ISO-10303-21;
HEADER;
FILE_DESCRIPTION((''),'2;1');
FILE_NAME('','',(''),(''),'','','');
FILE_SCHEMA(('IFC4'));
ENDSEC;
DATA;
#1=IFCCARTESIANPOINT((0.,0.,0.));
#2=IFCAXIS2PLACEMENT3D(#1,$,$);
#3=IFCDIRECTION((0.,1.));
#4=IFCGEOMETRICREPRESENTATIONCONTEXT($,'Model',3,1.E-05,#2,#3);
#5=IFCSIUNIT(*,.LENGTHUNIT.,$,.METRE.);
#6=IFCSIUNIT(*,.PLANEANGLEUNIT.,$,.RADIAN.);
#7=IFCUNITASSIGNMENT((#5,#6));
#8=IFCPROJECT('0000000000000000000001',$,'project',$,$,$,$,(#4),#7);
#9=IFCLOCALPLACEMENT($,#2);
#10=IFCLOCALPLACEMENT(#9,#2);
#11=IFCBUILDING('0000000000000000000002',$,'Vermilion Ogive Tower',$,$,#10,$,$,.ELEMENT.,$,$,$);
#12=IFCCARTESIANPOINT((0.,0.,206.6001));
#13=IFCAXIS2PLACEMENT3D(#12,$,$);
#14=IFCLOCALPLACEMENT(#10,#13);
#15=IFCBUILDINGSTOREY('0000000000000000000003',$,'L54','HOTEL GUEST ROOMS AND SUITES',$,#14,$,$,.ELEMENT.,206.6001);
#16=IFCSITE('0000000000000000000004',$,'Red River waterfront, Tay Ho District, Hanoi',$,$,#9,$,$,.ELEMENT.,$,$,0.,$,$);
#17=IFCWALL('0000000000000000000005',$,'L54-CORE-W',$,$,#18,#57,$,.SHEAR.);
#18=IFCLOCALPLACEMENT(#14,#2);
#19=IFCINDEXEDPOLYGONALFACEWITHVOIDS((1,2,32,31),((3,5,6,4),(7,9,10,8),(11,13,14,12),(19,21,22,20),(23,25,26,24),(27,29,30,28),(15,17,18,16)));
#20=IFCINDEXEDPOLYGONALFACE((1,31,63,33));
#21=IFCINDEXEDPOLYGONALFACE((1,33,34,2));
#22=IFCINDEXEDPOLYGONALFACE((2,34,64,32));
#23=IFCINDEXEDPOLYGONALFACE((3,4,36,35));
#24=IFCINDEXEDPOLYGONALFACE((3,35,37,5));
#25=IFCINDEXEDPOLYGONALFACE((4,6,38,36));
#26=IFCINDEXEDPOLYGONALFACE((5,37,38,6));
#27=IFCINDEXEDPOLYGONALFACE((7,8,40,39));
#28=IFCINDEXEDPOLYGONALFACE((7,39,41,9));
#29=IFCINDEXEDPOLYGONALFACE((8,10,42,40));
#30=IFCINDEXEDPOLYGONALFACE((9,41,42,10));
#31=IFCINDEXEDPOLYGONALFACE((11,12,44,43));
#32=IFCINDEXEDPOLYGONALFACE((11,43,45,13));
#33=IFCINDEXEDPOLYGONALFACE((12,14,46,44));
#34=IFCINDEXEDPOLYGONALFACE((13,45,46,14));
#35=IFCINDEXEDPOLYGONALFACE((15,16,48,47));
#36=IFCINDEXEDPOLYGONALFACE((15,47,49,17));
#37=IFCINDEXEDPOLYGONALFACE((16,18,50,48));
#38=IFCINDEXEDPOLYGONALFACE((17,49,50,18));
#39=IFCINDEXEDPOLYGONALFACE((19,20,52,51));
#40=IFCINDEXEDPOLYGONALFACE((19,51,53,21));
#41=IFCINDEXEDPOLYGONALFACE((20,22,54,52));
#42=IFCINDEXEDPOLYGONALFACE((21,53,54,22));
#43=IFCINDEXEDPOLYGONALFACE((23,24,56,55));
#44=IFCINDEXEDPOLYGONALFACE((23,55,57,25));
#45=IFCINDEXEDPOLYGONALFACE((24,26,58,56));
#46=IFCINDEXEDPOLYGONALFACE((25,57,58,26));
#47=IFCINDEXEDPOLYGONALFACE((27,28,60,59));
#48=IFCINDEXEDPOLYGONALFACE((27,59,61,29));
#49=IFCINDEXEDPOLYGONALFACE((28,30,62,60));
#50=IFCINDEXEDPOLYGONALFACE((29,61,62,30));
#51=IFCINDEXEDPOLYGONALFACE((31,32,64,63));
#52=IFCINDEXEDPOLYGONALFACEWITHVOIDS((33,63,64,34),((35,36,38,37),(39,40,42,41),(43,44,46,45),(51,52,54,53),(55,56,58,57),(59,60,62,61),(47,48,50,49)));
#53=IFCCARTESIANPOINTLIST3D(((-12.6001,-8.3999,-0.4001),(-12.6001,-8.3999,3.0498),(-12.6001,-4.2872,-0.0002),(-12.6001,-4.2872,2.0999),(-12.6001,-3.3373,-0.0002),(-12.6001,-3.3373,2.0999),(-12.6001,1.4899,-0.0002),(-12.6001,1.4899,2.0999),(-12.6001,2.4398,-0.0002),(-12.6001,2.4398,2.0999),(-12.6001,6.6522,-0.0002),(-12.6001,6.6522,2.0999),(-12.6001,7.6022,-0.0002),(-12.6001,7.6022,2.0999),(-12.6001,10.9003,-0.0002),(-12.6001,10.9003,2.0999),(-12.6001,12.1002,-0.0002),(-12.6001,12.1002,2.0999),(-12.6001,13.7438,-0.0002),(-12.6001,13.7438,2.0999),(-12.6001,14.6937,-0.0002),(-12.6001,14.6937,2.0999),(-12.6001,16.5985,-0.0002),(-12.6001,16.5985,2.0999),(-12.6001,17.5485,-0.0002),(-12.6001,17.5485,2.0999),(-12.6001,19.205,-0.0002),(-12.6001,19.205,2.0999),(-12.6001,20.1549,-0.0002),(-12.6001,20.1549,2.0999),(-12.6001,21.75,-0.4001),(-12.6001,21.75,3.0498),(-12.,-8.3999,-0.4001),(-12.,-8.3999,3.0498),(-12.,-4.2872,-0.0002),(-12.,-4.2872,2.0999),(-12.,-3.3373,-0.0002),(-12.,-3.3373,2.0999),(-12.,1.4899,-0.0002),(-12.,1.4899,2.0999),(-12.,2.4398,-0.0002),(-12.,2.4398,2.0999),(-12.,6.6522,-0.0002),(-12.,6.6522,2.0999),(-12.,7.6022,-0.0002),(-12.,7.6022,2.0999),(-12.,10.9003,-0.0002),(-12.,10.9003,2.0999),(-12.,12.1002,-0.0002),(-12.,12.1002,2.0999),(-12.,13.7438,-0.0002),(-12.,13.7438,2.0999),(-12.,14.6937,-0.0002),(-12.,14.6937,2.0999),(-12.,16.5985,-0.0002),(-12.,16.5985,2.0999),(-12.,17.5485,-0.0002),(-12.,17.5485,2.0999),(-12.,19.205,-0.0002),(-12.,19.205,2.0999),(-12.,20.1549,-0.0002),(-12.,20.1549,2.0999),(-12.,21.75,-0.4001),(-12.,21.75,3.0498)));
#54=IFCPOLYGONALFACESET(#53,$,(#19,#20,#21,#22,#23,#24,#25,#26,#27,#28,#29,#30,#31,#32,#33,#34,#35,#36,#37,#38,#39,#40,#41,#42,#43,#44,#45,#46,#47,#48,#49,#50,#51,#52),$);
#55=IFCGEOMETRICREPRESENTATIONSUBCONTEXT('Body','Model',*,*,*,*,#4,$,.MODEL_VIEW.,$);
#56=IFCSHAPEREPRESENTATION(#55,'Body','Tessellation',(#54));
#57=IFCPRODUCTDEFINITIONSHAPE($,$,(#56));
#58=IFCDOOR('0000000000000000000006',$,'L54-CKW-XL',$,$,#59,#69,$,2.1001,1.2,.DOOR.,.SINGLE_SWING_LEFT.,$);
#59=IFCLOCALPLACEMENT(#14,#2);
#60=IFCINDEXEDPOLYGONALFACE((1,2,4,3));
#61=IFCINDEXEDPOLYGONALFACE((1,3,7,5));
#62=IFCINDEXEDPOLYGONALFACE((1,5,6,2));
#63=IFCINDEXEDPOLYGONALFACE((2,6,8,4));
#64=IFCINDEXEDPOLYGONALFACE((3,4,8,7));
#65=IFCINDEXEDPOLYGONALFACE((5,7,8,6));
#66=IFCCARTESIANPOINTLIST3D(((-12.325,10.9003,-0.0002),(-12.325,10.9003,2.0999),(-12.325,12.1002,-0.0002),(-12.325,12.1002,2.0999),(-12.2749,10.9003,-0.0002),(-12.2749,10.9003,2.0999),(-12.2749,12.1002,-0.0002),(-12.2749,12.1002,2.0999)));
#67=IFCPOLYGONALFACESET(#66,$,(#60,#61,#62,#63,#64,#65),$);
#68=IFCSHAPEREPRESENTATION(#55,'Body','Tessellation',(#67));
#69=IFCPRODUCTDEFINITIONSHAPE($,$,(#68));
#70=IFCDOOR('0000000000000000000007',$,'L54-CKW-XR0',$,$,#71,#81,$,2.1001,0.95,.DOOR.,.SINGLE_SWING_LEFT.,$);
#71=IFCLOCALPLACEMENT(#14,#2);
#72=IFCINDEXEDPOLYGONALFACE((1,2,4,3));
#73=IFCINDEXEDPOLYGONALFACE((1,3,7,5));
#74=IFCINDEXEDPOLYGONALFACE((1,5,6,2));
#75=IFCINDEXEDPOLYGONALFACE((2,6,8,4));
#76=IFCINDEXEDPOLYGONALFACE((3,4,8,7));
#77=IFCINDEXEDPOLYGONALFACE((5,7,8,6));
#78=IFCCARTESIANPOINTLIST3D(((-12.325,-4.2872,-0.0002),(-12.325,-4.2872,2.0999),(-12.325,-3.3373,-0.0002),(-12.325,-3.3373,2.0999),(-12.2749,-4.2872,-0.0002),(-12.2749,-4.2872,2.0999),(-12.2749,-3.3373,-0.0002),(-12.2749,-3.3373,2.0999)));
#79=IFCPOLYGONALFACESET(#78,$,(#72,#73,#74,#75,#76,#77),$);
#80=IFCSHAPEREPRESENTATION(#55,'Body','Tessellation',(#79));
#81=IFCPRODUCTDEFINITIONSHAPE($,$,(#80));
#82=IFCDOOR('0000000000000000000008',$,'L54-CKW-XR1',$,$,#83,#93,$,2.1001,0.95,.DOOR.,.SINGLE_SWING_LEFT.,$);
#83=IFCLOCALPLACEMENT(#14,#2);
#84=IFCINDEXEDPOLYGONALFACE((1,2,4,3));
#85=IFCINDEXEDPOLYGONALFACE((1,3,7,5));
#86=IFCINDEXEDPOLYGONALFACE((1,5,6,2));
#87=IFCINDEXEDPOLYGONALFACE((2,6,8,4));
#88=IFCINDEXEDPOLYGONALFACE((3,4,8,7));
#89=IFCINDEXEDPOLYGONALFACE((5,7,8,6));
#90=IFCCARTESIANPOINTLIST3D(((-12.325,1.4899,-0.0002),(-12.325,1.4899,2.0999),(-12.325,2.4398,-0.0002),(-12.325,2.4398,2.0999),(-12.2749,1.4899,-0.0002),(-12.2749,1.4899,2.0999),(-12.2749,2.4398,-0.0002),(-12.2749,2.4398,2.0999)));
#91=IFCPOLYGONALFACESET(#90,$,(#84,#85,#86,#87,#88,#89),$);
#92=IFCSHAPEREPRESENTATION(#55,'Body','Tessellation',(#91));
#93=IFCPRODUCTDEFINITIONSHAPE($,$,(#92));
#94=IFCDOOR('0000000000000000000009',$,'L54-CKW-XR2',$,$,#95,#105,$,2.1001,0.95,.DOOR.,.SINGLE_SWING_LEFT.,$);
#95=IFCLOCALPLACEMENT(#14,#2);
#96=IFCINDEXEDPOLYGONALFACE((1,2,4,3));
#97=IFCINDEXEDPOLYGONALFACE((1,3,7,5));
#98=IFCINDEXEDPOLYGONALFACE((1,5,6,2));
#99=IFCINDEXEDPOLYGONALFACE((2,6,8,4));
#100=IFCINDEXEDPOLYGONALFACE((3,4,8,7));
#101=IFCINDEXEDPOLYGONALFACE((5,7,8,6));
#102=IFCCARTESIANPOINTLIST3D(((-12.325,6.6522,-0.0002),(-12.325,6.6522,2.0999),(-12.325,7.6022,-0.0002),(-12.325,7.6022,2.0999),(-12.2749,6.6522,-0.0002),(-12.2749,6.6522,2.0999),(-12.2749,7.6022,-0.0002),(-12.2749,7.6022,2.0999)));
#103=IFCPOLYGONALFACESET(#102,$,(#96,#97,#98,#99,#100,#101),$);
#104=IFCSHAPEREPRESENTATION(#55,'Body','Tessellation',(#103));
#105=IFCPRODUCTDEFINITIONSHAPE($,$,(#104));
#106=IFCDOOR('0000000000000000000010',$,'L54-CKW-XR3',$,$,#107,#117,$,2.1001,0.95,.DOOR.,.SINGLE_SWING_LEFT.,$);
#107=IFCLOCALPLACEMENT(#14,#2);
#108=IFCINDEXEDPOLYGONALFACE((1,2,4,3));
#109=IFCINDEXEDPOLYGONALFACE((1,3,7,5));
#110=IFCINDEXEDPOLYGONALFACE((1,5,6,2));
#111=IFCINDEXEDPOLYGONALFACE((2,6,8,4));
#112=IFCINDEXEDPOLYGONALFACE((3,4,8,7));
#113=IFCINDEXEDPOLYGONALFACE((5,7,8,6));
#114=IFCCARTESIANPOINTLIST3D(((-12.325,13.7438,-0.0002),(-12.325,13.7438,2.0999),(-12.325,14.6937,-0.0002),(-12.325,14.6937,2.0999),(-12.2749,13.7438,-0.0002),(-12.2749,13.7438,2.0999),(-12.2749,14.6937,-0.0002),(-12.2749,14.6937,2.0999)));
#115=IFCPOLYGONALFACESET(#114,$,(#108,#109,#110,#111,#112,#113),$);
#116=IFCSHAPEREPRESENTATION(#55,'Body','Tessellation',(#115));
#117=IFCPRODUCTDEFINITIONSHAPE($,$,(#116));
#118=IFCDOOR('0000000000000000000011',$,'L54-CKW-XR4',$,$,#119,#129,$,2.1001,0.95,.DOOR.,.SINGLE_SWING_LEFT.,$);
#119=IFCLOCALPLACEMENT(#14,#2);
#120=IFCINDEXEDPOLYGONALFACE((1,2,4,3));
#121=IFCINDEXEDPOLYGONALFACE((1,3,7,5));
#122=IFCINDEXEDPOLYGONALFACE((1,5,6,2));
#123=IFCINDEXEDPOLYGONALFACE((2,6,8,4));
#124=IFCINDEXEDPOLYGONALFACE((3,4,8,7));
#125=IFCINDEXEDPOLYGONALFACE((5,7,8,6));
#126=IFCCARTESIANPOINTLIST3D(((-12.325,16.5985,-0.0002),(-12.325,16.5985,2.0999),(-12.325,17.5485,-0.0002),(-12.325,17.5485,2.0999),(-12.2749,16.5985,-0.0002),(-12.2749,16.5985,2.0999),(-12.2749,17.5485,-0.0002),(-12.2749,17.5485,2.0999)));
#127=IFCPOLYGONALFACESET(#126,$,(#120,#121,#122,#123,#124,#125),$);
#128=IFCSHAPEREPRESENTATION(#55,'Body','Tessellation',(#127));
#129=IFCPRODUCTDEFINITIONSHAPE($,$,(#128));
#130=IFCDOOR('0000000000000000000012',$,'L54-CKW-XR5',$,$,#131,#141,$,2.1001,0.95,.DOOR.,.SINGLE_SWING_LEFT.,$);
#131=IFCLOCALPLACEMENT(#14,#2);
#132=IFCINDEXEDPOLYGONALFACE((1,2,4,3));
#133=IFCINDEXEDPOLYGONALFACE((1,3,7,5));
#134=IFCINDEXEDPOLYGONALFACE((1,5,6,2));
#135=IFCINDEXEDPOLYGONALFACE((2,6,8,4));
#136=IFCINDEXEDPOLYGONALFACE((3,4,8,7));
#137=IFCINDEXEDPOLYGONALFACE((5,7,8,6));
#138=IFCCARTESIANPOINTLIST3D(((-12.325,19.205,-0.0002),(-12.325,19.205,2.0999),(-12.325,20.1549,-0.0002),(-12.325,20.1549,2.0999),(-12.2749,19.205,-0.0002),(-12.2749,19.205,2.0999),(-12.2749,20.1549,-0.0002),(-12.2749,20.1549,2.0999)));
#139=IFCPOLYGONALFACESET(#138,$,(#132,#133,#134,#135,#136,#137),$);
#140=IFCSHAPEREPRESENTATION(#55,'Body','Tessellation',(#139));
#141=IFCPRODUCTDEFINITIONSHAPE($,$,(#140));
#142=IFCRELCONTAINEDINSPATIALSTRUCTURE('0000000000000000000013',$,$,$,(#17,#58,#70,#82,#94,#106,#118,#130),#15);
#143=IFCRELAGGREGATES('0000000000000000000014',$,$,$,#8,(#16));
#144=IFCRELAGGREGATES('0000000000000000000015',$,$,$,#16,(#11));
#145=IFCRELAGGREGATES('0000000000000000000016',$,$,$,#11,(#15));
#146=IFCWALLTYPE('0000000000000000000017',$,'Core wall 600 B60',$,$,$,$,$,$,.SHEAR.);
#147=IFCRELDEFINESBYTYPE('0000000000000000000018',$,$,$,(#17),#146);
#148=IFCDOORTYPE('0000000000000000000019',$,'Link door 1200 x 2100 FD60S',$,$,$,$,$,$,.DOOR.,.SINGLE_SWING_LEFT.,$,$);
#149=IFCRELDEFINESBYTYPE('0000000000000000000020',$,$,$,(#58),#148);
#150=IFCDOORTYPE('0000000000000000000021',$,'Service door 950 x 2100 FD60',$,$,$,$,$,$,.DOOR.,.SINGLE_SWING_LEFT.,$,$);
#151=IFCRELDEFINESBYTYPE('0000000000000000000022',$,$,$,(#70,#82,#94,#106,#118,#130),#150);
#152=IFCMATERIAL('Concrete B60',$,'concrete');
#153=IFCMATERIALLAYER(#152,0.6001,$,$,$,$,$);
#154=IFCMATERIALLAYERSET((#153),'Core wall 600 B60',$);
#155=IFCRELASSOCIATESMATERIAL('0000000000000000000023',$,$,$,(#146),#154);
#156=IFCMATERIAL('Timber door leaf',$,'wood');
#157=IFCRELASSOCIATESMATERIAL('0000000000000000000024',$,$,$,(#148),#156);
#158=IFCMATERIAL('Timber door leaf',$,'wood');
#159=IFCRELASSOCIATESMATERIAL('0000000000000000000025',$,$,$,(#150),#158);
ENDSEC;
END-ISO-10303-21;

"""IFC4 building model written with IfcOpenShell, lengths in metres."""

from ifc_helpers import new_model, si_unit, direction, frame, frame_2d, origin, place, context, subcontext, project, spatial, rectangle, extrude, material, layer, layer_set, type_object, element, fill, save


model = new_model("IFC4")

# Units and contexts
model_context = context("Model", 3, precision=1e-05, world=origin(), true_north=direction((0.0, 1.0)))
body_context = subcontext(model_context, "Body", "Model", "MODEL_VIEW")
ifc_project = project(units=[si_unit("LENGTHUNIT", "METRE"), si_unit("PLANEANGLEUNIT", "RADIAN")], contexts=[model_context])

# Site, building, storey
site_placement = place(None, origin())
site = spatial("IfcSite", under=ifc_project, at=site_placement, Name="Red River waterfront, Tay Ho District, Hanoi", CompositionType="ELEMENT", RefElevation=0.0)
building_placement = place(site_placement, origin())
building = spatial("IfcBuilding", under=site, at=building_placement, Name="Vermilion Ogive Tower", CompositionType="ELEMENT")
storey_placement = place(building_placement, frame((0.0, 0.0, 206.6001)))
storey = spatial("IfcBuildingStorey", under=building, at=storey_placement, Name="L54", Description="HOTEL GUEST ROOMS AND SUITES", CompositionType="ELEMENT", Elevation=206.6001)

# Wall, openings, doors
ifc_material_1 = material(Name="Concrete B60", Category="concrete")
ifc_layer_1 = layer(ifc_material_1, 0.6001)
ifc_layer_set_1 = layer_set([ifc_layer_1], Name="Core wall 600 B60")
wall_type_1 = type_object("IfcWallType", Name="Core wall 600 B60", PredefinedType="SHEAR", material=ifc_layer_set_1)
wall_1_placement = place(storey_placement, frame((-12.3, -8.3999, -0.4001), z_axis=(0.0, 0.0, 1.0), x_axis=(0.0, 1.0, 0.0)))
wall_1 = element("IfcWall", 1, at=wall_1_placement, inside=storey, type_object=wall_type_1, Name="L54-CORE-W", PredefinedType="SHEAR", context=body_context, shape_type="SweptSolid", body=[
    extrude(rectangle(XDim=30.1499, YDim=0.6001, at=frame_2d((15.075, 0.0))), origin(), (0.0, 0.0, 1.0), 3.45),
])
opening_1_placement = place(wall_1_placement, frame((4.1125, 0.0, 0.3999)))
opening_1 = element("IfcOpeningElement", 2, at=opening_1_placement, cuts=wall_1, PredefinedType="OPENING", context=body_context, shape_type="SweptSolid", body=[
    extrude(rectangle(XDim=0.95, YDim=2.1001, at=frame_2d((0.4751, 1.05))), frame((0.0, 0.3101, 0.0), z_axis=(0.0, -1.0, 0.0), x_axis=(1.0, 0.0, 0.0)), (0.0, 0.0, 1.0), 0.6201),
])
opening_2_placement = place(wall_1_placement, frame((9.8896, 0.0, 0.3999)))
opening_2 = element("IfcOpeningElement", 3, at=opening_2_placement, cuts=wall_1, PredefinedType="OPENING", context=body_context, shape_type="SweptSolid", body=[
    extrude(rectangle(XDim=0.95, YDim=2.1001, at=frame_2d((0.4751, 1.05))), frame((0.0, 0.3101, 0.0), z_axis=(0.0, -1.0, 0.0), x_axis=(1.0, 0.0, 0.0)), (0.0, 0.0, 1.0), 0.6201),
])
opening_3_placement = place(wall_1_placement, frame((15.052, 0.0, 0.3999)))
opening_3 = element("IfcOpeningElement", 4, at=opening_3_placement, cuts=wall_1, PredefinedType="OPENING", context=body_context, shape_type="SweptSolid", body=[
    extrude(rectangle(XDim=0.95, YDim=2.1001, at=frame_2d((0.4751, 1.05))), frame((0.0, 0.3101, 0.0), z_axis=(0.0, -1.0, 0.0), x_axis=(1.0, 0.0, 0.0)), (0.0, 0.0, 1.0), 0.6201),
])
opening_4_placement = place(wall_1_placement, frame((22.1436, 0.0, 0.3999)))
opening_4 = element("IfcOpeningElement", 5, at=opening_4_placement, cuts=wall_1, PredefinedType="OPENING", context=body_context, shape_type="SweptSolid", body=[
    extrude(rectangle(XDim=0.95, YDim=2.1001, at=frame_2d((0.4751, 1.05))), frame((0.0, 0.3101, 0.0), z_axis=(0.0, -1.0, 0.0), x_axis=(1.0, 0.0, 0.0)), (0.0, 0.0, 1.0), 0.6201),
])
opening_5_placement = place(wall_1_placement, frame((24.9983, 0.0, 0.3999)))
opening_5 = element("IfcOpeningElement", 6, at=opening_5_placement, cuts=wall_1, PredefinedType="OPENING", context=body_context, shape_type="SweptSolid", body=[
    extrude(rectangle(XDim=0.95, YDim=2.1001, at=frame_2d((0.4751, 1.05))), frame((0.0, 0.3101, 0.0), z_axis=(0.0, -1.0, 0.0), x_axis=(1.0, 0.0, 0.0)), (0.0, 0.0, 1.0), 0.6201),
])
opening_6_placement = place(wall_1_placement, frame((27.6047, 0.0, 0.3999)))
opening_6 = element("IfcOpeningElement", 7, at=opening_6_placement, cuts=wall_1, PredefinedType="OPENING", context=body_context, shape_type="SweptSolid", body=[
    extrude(rectangle(XDim=0.95, YDim=2.1001, at=frame_2d((0.4751, 1.05))), frame((0.0, 0.3101, 0.0), z_axis=(0.0, -1.0, 0.0), x_axis=(1.0, 0.0, 0.0)), (0.0, 0.0, 1.0), 0.6201),
])
opening_7_placement = place(wall_1_placement, frame((19.3, 0.0, 0.3999)))
opening_7 = element("IfcOpeningElement", 8, at=opening_7_placement, cuts=wall_1, PredefinedType="OPENING", context=body_context, shape_type="SweptSolid", body=[
    extrude(rectangle(XDim=1.2, YDim=2.1001, at=frame_2d((0.6001, 1.05))), frame((0.0, 0.3101, 0.0), z_axis=(0.0, -1.0, 0.0), x_axis=(1.0, 0.0, 0.0)), (0.0, 0.0, 1.0), 0.6201),
])
ifc_material_2 = material(Name="Timber door leaf", Category="wood")
door_type_1 = type_object("IfcDoorType", Name="Link door 1200 x 2100 FD60S", OperationType="SINGLE_SWING_LEFT", PredefinedType="DOOR", material=ifc_material_2)
door_1_placement = place(opening_7_placement, origin())
door_1 = element("IfcDoor", 9, at=door_1_placement, inside=storey, type_object=door_type_1, Name="L54-CKW-XL", OperationType="SINGLE_SWING_LEFT", OverallHeight=2.1001, OverallWidth=1.2, PredefinedType="DOOR", context=body_context, shape_type="SweptSolid", body=[
    extrude(rectangle(XDim=1.2, YDim=2.1001, at=frame_2d((0.6001, 1.05))), frame((0.0, 0.0249, 0.0), z_axis=(0.0, -1.0, 0.0), x_axis=(1.0, 0.0, 0.0)), (0.0, 0.0, 1.0), 0.05),
])
fill(opening_7, door_1)
ifc_material_3 = material(Name="Timber door leaf", Category="wood")
door_type_2 = type_object("IfcDoorType", Name="Service door 950 x 2100 FD60", OperationType="SINGLE_SWING_LEFT", PredefinedType="DOOR", material=ifc_material_3)
door_2_placement = place(opening_1_placement, origin())
door_2 = element("IfcDoor", 10, at=door_2_placement, inside=storey, type_object=door_type_2, Name="L54-CKW-XR0", OperationType="SINGLE_SWING_LEFT", OverallHeight=2.1001, OverallWidth=0.95, PredefinedType="DOOR", context=body_context, shape_type="SweptSolid", body=[
    extrude(rectangle(XDim=0.95, YDim=2.1001, at=frame_2d((0.4751, 1.05))), frame((0.0, 0.0249, 0.0), z_axis=(0.0, -1.0, 0.0), x_axis=(1.0, 0.0, 0.0)), (0.0, 0.0, 1.0), 0.05),
])
fill(opening_1, door_2)
door_3_placement = place(opening_2_placement, origin())
door_3 = element("IfcDoor", 11, at=door_3_placement, inside=storey, type_object=door_type_2, Name="L54-CKW-XR1", OperationType="SINGLE_SWING_LEFT", OverallHeight=2.1001, OverallWidth=0.95, PredefinedType="DOOR", context=body_context, shape_type="SweptSolid", body=[
    extrude(rectangle(XDim=0.95, YDim=2.1001, at=frame_2d((0.4751, 1.05))), frame((0.0, 0.0249, 0.0), z_axis=(0.0, -1.0, 0.0), x_axis=(1.0, 0.0, 0.0)), (0.0, 0.0, 1.0), 0.05),
])
fill(opening_2, door_3)
door_4_placement = place(opening_3_placement, origin())
door_4 = element("IfcDoor", 12, at=door_4_placement, inside=storey, type_object=door_type_2, Name="L54-CKW-XR2", OperationType="SINGLE_SWING_LEFT", OverallHeight=2.1001, OverallWidth=0.95, PredefinedType="DOOR", context=body_context, shape_type="SweptSolid", body=[
    extrude(rectangle(XDim=0.95, YDim=2.1001, at=frame_2d((0.4751, 1.05))), frame((0.0, 0.0249, 0.0), z_axis=(0.0, -1.0, 0.0), x_axis=(1.0, 0.0, 0.0)), (0.0, 0.0, 1.0), 0.05),
])
fill(opening_3, door_4)
door_5_placement = place(opening_4_placement, origin())
door_5 = element("IfcDoor", 13, at=door_5_placement, inside=storey, type_object=door_type_2, Name="L54-CKW-XR3", OperationType="SINGLE_SWING_LEFT", OverallHeight=2.1001, OverallWidth=0.95, PredefinedType="DOOR", context=body_context, shape_type="SweptSolid", body=[
    extrude(rectangle(XDim=0.95, YDim=2.1001, at=frame_2d((0.4751, 1.05))), frame((0.0, 0.0249, 0.0), z_axis=(0.0, -1.0, 0.0), x_axis=(1.0, 0.0, 0.0)), (0.0, 0.0, 1.0), 0.05),
])
fill(opening_4, door_5)
door_6_placement = place(opening_5_placement, origin())
door_6 = element("IfcDoor", 14, at=door_6_placement, inside=storey, type_object=door_type_2, Name="L54-CKW-XR4", OperationType="SINGLE_SWING_LEFT", OverallHeight=2.1001, OverallWidth=0.95, PredefinedType="DOOR", context=body_context, shape_type="SweptSolid", body=[
    extrude(rectangle(XDim=0.95, YDim=2.1001, at=frame_2d((0.4751, 1.05))), frame((0.0, 0.0249, 0.0), z_axis=(0.0, -1.0, 0.0), x_axis=(1.0, 0.0, 0.0)), (0.0, 0.0, 1.0), 0.05),
])
fill(opening_5, door_6)
door_7_placement = place(opening_6_placement, origin())
door_7 = element("IfcDoor", 15, at=door_7_placement, inside=storey, type_object=door_type_2, Name="L54-CKW-XR5", OperationType="SINGLE_SWING_LEFT", OverallHeight=2.1001, OverallWidth=0.95, PredefinedType="DOOR", context=body_context, shape_type="SweptSolid", body=[
    extrude(rectangle(XDim=0.95, YDim=2.1001, at=frame_2d((0.4751, 1.05))), frame((0.0, 0.0249, 0.0), z_axis=(0.0, -1.0, 0.0), x_axis=(1.0, 0.0, 0.0)), (0.0, 0.0, 1.0), 0.05),
])
fill(opening_6, door_7)

save(model, "model.ifc")
